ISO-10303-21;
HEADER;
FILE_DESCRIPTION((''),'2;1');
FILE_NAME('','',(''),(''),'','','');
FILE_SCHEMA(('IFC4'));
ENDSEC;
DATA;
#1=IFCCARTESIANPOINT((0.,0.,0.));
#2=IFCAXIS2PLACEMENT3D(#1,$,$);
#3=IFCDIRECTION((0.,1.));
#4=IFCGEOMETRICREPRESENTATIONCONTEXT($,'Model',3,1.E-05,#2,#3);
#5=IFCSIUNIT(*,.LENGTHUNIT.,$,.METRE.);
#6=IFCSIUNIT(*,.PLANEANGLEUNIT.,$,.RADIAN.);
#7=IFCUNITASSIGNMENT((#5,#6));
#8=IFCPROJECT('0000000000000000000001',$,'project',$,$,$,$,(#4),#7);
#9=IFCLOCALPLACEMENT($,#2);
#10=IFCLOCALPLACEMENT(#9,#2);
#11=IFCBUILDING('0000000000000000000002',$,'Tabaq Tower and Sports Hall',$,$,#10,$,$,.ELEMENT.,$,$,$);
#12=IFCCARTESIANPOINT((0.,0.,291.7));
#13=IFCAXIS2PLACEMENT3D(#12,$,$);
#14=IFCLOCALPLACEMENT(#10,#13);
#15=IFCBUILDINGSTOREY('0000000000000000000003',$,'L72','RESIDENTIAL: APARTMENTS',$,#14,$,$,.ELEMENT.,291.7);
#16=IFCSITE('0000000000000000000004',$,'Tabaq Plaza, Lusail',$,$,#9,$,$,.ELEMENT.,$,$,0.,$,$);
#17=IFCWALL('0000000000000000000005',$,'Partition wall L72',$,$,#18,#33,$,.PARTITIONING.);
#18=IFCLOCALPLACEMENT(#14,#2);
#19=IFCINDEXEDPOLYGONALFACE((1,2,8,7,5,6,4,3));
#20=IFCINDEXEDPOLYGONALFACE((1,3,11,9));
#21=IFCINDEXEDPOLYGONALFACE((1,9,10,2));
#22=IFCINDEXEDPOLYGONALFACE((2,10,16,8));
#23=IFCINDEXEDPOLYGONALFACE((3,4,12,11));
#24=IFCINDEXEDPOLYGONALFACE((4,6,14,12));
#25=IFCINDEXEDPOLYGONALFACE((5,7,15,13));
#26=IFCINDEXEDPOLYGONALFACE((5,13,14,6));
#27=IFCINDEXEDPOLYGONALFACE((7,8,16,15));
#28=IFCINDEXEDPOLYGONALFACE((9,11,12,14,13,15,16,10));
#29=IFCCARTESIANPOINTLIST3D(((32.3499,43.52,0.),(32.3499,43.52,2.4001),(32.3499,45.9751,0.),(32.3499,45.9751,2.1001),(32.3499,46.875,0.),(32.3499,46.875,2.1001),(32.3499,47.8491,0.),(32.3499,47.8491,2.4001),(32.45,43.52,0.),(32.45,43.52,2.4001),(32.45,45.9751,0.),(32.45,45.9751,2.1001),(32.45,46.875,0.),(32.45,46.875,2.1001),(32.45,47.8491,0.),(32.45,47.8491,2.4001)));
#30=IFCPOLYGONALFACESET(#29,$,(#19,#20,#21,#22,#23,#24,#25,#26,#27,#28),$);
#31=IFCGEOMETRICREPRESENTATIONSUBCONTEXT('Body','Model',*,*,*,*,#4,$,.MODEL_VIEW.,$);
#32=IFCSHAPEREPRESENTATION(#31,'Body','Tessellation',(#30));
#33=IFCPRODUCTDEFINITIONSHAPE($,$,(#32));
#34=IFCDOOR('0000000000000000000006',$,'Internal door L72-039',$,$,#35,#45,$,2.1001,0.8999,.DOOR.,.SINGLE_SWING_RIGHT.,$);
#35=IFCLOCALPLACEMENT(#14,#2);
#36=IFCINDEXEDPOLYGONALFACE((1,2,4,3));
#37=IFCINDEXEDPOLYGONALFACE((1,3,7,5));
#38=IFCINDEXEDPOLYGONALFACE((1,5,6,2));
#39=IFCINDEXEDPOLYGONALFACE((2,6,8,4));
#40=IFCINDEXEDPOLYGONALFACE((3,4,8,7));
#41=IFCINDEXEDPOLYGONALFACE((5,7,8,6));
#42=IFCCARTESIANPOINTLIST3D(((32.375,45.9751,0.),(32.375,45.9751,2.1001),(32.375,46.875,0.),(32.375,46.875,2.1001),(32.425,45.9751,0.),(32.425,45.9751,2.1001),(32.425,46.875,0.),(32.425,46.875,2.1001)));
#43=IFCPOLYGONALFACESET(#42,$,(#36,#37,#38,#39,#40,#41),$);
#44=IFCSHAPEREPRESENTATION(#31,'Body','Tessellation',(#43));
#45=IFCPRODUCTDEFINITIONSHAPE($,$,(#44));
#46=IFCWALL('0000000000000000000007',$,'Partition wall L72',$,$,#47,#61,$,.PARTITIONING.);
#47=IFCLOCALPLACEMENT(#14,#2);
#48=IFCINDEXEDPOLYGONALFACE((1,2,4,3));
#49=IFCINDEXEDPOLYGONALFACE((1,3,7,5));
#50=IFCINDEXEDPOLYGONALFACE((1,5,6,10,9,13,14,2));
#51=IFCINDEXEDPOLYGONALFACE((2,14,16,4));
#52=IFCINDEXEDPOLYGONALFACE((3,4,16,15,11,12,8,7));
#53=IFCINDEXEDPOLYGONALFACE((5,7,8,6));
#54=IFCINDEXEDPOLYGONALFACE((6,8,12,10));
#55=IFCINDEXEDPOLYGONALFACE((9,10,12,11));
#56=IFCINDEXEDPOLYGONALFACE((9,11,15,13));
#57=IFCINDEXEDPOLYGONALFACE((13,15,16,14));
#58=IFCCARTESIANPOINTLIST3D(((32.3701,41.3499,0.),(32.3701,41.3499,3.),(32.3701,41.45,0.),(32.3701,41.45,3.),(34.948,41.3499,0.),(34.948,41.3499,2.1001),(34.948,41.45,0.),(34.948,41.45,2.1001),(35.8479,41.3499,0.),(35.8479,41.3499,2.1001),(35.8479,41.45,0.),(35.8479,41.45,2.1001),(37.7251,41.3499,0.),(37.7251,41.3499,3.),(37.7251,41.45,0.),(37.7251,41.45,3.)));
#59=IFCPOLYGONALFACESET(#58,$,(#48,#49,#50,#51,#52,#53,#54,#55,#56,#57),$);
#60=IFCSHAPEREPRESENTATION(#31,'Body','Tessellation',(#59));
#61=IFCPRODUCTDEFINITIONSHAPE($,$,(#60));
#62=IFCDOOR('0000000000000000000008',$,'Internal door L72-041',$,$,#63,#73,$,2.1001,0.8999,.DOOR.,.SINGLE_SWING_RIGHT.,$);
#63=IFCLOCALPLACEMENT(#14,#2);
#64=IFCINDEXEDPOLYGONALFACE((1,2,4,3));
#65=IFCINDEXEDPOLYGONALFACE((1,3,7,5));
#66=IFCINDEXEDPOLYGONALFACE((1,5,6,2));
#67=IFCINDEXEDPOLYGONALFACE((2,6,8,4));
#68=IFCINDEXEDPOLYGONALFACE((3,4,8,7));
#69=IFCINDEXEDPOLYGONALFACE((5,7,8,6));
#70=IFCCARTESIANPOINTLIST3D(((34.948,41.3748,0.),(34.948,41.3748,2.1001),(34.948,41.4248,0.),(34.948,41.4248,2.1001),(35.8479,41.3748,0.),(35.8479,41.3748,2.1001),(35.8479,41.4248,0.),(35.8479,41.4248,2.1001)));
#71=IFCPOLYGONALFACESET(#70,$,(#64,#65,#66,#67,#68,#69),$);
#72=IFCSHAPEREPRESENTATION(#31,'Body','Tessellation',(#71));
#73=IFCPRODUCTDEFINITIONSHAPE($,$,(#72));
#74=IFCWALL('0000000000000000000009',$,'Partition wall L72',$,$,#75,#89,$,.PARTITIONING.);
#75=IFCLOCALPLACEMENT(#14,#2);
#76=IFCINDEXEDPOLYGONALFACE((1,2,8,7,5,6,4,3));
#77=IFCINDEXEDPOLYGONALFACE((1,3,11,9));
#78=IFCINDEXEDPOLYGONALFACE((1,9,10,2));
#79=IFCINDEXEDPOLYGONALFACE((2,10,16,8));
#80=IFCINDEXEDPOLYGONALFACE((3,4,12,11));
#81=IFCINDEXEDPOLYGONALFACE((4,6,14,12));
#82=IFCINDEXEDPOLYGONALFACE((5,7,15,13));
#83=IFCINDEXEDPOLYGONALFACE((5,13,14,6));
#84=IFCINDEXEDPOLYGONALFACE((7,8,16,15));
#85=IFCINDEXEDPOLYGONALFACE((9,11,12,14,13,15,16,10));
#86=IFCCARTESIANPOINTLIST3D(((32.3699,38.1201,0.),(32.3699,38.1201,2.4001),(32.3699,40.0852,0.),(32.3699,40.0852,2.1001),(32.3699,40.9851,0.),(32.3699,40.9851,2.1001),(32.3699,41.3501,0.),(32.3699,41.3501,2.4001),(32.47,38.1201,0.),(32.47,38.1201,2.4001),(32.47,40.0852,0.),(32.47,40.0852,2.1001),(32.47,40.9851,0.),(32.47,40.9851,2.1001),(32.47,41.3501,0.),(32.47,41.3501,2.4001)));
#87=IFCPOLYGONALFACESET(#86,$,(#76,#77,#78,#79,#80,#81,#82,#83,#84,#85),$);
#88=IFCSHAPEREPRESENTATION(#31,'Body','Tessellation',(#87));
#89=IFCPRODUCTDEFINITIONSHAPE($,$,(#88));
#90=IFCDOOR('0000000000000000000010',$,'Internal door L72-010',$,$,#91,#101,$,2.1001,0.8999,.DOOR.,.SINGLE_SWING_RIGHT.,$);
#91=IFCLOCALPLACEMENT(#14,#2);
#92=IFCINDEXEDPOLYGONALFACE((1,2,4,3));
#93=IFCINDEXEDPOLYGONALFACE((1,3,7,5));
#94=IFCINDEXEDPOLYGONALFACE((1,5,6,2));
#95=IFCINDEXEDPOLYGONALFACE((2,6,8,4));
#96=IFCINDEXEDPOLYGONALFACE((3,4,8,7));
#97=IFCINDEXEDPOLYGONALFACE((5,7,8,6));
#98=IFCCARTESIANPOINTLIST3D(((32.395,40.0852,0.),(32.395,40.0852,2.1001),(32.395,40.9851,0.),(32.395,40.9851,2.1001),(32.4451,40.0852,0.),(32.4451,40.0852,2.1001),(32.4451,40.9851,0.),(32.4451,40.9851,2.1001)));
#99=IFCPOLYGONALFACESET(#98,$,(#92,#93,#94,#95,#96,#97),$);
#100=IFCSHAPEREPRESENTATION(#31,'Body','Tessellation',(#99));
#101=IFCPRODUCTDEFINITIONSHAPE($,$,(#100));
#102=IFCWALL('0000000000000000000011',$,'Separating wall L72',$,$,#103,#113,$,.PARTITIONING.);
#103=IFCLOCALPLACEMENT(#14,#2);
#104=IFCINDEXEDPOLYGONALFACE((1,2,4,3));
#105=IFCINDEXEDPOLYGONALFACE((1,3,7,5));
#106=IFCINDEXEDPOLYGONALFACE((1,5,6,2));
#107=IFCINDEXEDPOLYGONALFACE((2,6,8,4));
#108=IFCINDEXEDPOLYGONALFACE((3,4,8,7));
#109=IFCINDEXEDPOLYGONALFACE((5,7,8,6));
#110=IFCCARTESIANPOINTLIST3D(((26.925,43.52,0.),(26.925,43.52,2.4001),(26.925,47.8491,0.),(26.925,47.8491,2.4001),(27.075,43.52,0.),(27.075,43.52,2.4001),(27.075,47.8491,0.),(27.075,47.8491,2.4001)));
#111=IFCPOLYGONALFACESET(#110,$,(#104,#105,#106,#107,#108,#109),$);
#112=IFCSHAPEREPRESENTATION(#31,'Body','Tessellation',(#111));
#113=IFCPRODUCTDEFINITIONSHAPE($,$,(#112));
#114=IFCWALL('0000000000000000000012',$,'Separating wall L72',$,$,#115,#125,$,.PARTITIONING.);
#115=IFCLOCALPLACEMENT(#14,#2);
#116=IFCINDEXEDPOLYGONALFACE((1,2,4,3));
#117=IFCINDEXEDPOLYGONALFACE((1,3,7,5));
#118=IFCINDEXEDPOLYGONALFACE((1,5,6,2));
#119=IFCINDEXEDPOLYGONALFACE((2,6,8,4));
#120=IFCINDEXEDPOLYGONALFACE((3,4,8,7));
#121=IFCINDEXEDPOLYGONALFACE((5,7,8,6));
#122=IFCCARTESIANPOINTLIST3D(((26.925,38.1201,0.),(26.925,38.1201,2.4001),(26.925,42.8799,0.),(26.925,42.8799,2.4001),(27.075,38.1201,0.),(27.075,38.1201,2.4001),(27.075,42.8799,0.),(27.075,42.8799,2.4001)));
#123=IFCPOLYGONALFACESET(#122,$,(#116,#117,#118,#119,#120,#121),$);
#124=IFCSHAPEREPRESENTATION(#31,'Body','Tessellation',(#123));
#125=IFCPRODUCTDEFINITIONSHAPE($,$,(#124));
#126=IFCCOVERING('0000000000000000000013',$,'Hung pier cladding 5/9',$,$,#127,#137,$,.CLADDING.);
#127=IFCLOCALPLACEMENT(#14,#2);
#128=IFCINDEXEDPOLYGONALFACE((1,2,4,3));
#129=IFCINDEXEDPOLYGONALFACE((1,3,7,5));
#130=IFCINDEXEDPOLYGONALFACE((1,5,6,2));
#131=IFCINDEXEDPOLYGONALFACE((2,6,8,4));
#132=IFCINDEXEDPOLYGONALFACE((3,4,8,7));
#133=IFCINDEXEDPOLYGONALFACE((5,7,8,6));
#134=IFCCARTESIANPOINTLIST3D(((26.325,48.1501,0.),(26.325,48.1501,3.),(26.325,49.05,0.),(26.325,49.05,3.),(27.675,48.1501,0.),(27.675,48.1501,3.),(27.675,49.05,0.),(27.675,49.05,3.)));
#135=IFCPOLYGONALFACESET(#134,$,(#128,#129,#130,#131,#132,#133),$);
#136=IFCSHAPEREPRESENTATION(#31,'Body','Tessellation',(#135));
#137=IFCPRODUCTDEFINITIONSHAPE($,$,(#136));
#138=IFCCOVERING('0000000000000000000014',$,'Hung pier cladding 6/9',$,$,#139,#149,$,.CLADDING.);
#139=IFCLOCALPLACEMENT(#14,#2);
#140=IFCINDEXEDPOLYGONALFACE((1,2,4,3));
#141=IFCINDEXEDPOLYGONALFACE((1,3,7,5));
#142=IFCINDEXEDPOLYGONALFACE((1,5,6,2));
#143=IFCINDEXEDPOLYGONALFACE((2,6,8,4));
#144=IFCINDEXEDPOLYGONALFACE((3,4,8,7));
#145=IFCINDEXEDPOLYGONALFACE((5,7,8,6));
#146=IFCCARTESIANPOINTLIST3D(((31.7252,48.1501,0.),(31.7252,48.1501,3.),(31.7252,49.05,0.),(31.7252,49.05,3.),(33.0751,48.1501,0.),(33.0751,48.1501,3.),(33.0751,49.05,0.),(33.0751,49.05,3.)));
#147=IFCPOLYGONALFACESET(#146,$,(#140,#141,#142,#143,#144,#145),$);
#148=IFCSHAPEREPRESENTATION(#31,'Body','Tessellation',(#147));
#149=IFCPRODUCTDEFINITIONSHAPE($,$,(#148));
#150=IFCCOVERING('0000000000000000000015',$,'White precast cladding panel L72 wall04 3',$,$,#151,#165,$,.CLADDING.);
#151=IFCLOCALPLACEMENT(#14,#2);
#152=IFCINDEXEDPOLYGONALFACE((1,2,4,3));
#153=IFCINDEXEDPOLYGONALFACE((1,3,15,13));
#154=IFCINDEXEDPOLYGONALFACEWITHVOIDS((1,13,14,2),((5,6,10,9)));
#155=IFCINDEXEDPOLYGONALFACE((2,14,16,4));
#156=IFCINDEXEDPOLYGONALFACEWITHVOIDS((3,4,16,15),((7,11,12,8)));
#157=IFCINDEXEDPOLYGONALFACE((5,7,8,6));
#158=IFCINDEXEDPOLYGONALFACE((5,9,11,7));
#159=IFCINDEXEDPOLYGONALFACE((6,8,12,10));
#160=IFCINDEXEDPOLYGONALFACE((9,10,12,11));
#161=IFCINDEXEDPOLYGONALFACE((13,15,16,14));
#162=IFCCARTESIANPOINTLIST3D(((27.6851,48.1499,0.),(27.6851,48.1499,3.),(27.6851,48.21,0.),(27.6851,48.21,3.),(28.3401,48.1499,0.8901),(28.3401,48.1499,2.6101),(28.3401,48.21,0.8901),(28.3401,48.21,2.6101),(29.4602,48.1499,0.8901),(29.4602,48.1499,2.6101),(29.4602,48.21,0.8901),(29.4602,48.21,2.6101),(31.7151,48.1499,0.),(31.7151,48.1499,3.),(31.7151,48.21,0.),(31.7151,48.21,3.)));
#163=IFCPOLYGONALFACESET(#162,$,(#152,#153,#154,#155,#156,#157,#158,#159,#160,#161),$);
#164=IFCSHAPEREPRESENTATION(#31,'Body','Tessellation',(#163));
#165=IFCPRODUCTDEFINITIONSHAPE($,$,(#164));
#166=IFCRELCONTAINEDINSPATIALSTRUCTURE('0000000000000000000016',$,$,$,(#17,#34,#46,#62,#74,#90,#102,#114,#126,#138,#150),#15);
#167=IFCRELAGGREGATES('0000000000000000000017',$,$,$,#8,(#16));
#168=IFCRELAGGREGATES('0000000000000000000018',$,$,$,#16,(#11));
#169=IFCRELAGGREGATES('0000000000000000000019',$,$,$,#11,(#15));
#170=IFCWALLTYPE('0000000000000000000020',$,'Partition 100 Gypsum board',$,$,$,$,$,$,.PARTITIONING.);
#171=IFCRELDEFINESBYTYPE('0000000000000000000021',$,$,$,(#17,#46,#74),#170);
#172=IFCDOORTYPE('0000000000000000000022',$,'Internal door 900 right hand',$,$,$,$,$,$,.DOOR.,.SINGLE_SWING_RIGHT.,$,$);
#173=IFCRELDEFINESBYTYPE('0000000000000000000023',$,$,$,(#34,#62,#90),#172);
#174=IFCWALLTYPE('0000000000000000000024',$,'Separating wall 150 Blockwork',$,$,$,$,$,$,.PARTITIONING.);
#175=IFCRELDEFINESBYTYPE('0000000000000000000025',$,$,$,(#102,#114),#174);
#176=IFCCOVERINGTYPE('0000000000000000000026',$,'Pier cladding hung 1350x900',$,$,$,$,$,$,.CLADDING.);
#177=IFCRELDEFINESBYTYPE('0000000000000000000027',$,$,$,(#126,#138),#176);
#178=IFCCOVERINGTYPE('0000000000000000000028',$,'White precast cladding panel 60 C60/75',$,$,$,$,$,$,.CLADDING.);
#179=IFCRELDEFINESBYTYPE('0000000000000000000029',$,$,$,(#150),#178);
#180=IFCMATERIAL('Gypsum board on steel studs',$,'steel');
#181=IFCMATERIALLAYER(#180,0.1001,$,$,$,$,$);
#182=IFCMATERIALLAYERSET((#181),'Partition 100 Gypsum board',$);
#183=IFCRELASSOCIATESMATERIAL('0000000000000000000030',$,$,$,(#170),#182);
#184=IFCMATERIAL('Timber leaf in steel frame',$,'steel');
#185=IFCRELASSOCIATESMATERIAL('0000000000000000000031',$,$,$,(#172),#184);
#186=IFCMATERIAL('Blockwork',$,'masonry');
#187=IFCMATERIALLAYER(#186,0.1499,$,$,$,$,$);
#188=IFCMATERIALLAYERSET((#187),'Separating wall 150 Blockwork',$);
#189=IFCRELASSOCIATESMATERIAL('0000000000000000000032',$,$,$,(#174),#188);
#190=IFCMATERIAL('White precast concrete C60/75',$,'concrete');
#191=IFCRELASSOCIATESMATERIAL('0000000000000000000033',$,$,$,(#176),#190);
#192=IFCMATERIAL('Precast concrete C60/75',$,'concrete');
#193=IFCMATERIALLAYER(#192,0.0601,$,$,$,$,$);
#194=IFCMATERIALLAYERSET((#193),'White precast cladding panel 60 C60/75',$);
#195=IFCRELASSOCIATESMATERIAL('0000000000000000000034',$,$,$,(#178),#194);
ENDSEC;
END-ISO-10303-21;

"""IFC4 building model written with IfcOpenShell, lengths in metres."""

from ifc_helpers import new_model, si_unit, direction, frame, frame_2d, origin, place, context, subcontext, project, spatial, polyline, rectangle, outline, extrude, material, layer, layer_set, type_object, element, fill, save


model = new_model("IFC4")

# Units and contexts
model_context = context("Model", 3, precision=1e-05, world=origin(), true_north=direction((0.0, 1.0)))
body_context = subcontext(model_context, "Body", "Model", "MODEL_VIEW")
ifc_project = project(units=[si_unit("LENGTHUNIT", "METRE"), si_unit("PLANEANGLEUNIT", "RADIAN")], contexts=[model_context])

# Site, building, storey
site_placement = place(None, origin())
site = spatial("IfcSite", under=ifc_project, at=site_placement, Name="Tabaq Plaza, Lusail", CompositionType="ELEMENT", RefElevation=0.0)
building_placement = place(site_placement, origin())
building = spatial("IfcBuilding", under=site, at=building_placement, Name="Tabaq Tower and Sports Hall", CompositionType="ELEMENT")
storey_placement = place(building_placement, frame((0.0, 0.0, 291.7)))
storey = spatial("IfcBuildingStorey", under=building, at=storey_placement, Name="L72", Description="RESIDENTIAL: APARTMENTS", CompositionType="ELEMENT", Elevation=291.7)

# Shared definitions
ifc_material_1 = material(Name="Gypsum board on steel studs", Category="steel")
ifc_layer_1 = layer(ifc_material_1, 0.1001)
ifc_layer_set_1 = layer_set([ifc_layer_1], Name="Partition 100 Gypsum board")
wall_type_1 = type_object("IfcWallType", Name="Partition 100 Gypsum board", PredefinedType="PARTITIONING", material=ifc_layer_set_1)
ifc_material_2 = material(Name="Timber leaf in steel frame", Category="steel")
door_type_1 = type_object("IfcDoorType", Name="Internal door 900 right hand", OperationType="SINGLE_SWING_RIGHT", PredefinedType="DOOR", material=ifc_material_2)

# Walls, openings, doors
wall_1_placement = place(storey_placement, frame((32.3999, 43.52, 0.0), z_axis=(0.0, 0.0, 1.0), x_axis=(0.0, 1.0, 0.0)))
wall_1 = element("IfcWall", 1, at=wall_1_placement, inside=storey, type_object=wall_type_1, Name="Partition wall L72", PredefinedType="PARTITIONING", context=body_context, shape_type="SweptSolid", body=[
    extrude(rectangle(XDim=4.3291, YDim=0.1001, at=frame_2d((2.1646, 0.0))), origin(), (0.0, 0.0, 1.0), 2.4001),
])
opening_1_placement = place(wall_1_placement, frame((2.4551, 0.0, 0.0)))
opening_1 = element("IfcOpeningElement", 2, at=opening_1_placement, cuts=wall_1, PredefinedType="OPENING", context=body_context, shape_type="SweptSolid", body=[
    extrude(rectangle(XDim=0.8999, YDim=2.1001, at=frame_2d((0.45, 1.05))), frame((0.0, 0.05, 0.0), z_axis=(0.0, -1.0, 0.0), x_axis=(1.0, 0.0, 0.0)), (0.0, 0.0, 1.0), 0.1001),
])
door_1_placement = place(opening_1_placement, origin())
door_1 = element("IfcDoor", 3, at=door_1_placement, inside=storey, type_object=door_type_1, Name="Internal door L72-039", OperationType="SINGLE_SWING_RIGHT", OverallHeight=2.1001, OverallWidth=0.8999, PredefinedType="DOOR", context=body_context, shape_type="SweptSolid", body=[
    extrude(rectangle(XDim=0.8999, YDim=2.1001, at=frame_2d((0.45, 1.05))), frame((0.0, 0.0249, 0.0), z_axis=(0.0, -1.0, 0.0), x_axis=(1.0, 0.0, 0.0)), (0.0, 0.0, 1.0), 0.05),
])
fill(opening_1, door_1)
wall_2_placement = place(storey_placement, frame((32.3701, 41.3999, 0.0), z_axis=(0.0, 0.0, 1.0), x_axis=(1.0, 0.0, 0.0)))
wall_2 = element("IfcWall", 4, at=wall_2_placement, inside=storey, type_object=wall_type_1, Name="Partition wall L72", PredefinedType="PARTITIONING", context=body_context, shape_type="SweptSolid", body=[
    extrude(rectangle(XDim=5.355, YDim=0.1001, at=frame_2d((2.6775, 0.0))), origin(), (0.0, 0.0, 1.0), 3.0),
])
opening_2_placement = place(wall_2_placement, frame((2.5779, 0.0, 0.0)))
opening_2 = element("IfcOpeningElement", 5, at=opening_2_placement, cuts=wall_2, PredefinedType="OPENING", context=body_context, shape_type="SweptSolid", body=[
    extrude(rectangle(XDim=0.8999, YDim=2.1001, at=frame_2d((0.45, 1.05))), frame((0.0, 0.05, 0.0), z_axis=(0.0, -1.0, 0.0), x_axis=(1.0, 0.0, 0.0)), (0.0, 0.0, 1.0), 0.1001),
])
door_2_placement = place(opening_2_placement, origin())
door_2 = element("IfcDoor", 6, at=door_2_placement, inside=storey, type_object=door_type_1, Name="Internal door L72-041", OperationType="SINGLE_SWING_RIGHT", OverallHeight=2.1001, OverallWidth=0.8999, PredefinedType="DOOR", context=body_context, shape_type="SweptSolid", body=[
    extrude(rectangle(XDim=0.8999, YDim=2.1001, at=frame_2d((0.45, 1.05))), frame((0.0, 0.0249, 0.0), z_axis=(0.0, -1.0, 0.0), x_axis=(1.0, 0.0, 0.0)), (0.0, 0.0, 1.0), 0.05),
])
fill(opening_2, door_2)
wall_3_placement = place(storey_placement, frame((32.4199, 38.1201, 0.0), z_axis=(0.0, 0.0, 1.0), x_axis=(0.0, 1.0, 0.0)))
wall_3 = element("IfcWall", 7, at=wall_3_placement, inside=storey, type_object=wall_type_1, Name="Partition wall L72", PredefinedType="PARTITIONING", context=body_context, shape_type="SweptSolid", body=[
    extrude(rectangle(XDim=3.23, YDim=0.1001, at=frame_2d((1.615, 0.0))), origin(), (0.0, 0.0, 1.0), 2.4001),
])
opening_3_placement = place(wall_3_placement, frame((1.9651, 0.0, 0.0)))
opening_3 = element("IfcOpeningElement", 8, at=opening_3_placement, cuts=wall_3, PredefinedType="OPENING", context=body_context, shape_type="SweptSolid", body=[
    extrude(rectangle(XDim=0.8999, YDim=2.1001, at=frame_2d((0.45, 1.05))), frame((0.0, 0.05, 0.0), z_axis=(0.0, -1.0, 0.0), x_axis=(1.0, 0.0, 0.0)), (0.0, 0.0, 1.0), 0.1001),
])
door_3_placement = place(opening_3_placement, origin())
door_3 = element("IfcDoor", 9, at=door_3_placement, inside=storey, type_object=door_type_1, Name="Internal door L72-010", OperationType="SINGLE_SWING_RIGHT", OverallHeight=2.1001, OverallWidth=0.8999, PredefinedType="DOOR", context=body_context, shape_type="SweptSolid", body=[
    extrude(rectangle(XDim=0.8999, YDim=2.1001, at=frame_2d((0.45, 1.05))), frame((0.0, 0.0249, 0.0), z_axis=(0.0, -1.0, 0.0), x_axis=(1.0, 0.0, 0.0)), (0.0, 0.0, 1.0), 0.05),
])
fill(opening_3, door_3)

# Walls
ifc_material_3 = material(Name="Blockwork", Category="masonry")
ifc_layer_2 = layer(ifc_material_3, 0.1499)
ifc_layer_set_2 = layer_set([ifc_layer_2], Name="Separating wall 150 Blockwork")
wall_type_2 = type_object("IfcWallType", Name="Separating wall 150 Blockwork", PredefinedType="PARTITIONING", material=ifc_layer_set_2)
wall_4_placement = place(storey_placement, frame((27.0, 43.52, 0.0), z_axis=(0.0, 0.0, 1.0), x_axis=(0.0, 1.0, 0.0)))
element("IfcWall", 10, at=wall_4_placement, inside=storey, type_object=wall_type_2, Name="Separating wall L72", PredefinedType="PARTITIONING", context=body_context, shape_type="SweptSolid", body=[
    extrude(rectangle(XDim=4.3291, YDim=0.1499, at=frame_2d((2.1646, 0.0))), origin(), (0.0, 0.0, 1.0), 2.4001),
])
wall_5_placement = place(storey_placement, frame((27.0, 38.1201, 0.0), z_axis=(0.0, 0.0, 1.0), x_axis=(0.0, 1.0, 0.0)))
element("IfcWall", 11, at=wall_5_placement, inside=storey, type_object=wall_type_2, Name="Separating wall L72", PredefinedType="PARTITIONING", context=body_context, shape_type="SweptSolid", body=[
    extrude(rectangle(XDim=4.7598, YDim=0.1499, at=frame_2d((2.3799, 0.0))), origin(), (0.0, 0.0, 1.0), 2.4001),
])

# Coverings
ifc_material_4 = material(Name="White precast concrete C60/75", Category="concrete")
covering_type_1 = type_object("IfcCoveringType", Name="Pier cladding hung 1350x900", PredefinedType="CLADDING", material=ifc_material_4)
covering_1_placement = place(storey_placement, frame((27.675, 48.6001, 0.0), z_axis=(0.0, 0.0, 1.0), x_axis=(-1.0, 0.0, 0.0)))
element("IfcCovering", 12, at=covering_1_placement, inside=storey, type_object=covering_type_1, Name="Hung pier cladding 5/9", PredefinedType="CLADDING", context=body_context, shape_type="SweptSolid", body=[
    extrude(rectangle(XDim=1.3501, YDim=0.8999, at=frame_2d((0.675, 0.0))), origin(), (0.0, 0.0, 1.0), 3.0),
])
covering_2_placement = place(storey_placement, frame((33.075, 48.6001, 0.0), z_axis=(0.0, 0.0, 1.0), x_axis=(-1.0, 0.0, 0.0)))
element("IfcCovering", 13, at=covering_2_placement, inside=storey, type_object=covering_type_1, Name="Hung pier cladding 6/9", PredefinedType="CLADDING", context=body_context, shape_type="SweptSolid", body=[
    extrude(rectangle(XDim=1.3499, YDim=0.8999, at=frame_2d((0.6748, 0.0))), origin(), (0.0, 0.0, 1.0), 3.0),
])
ifc_material_5 = material(Name="Precast concrete C60/75", Category="concrete")
ifc_layer_3 = layer(ifc_material_5, 0.0601)
ifc_layer_set_3 = layer_set([ifc_layer_3], Name="White precast cladding panel 60 C60/75")
covering_type_2 = type_object("IfcCoveringType", Name="White precast cladding panel 60 C60/75", PredefinedType="CLADDING", material=ifc_layer_set_3)
covering_3_placement = place(storey_placement, frame((31.7151, 48.1799, 0.0), z_axis=(0.0, 0.0, 1.0), x_axis=(-1.0, 0.0, 0.0)))
element("IfcCovering", 14, at=covering_3_placement, inside=storey, type_object=covering_type_2, Name="White precast cladding panel L72 wall04 3", PredefinedType="CLADDING", context=body_context, shape_type="SweptSolid", body=[
    extrude(outline(polyline([(0.0, 0.0), (4.03, 0.0), (4.03, 3.0), (0.0, 3.0), (0.0, 0.0)]), holes=[polyline([(2.2549, 0.8901), (2.2549, 2.6101), (3.375, 2.6101), (3.375, 0.8901), (2.2549, 0.8901)])]), frame((0.0, 0.03, 0.0), z_axis=(0.0, -1.0, 0.0), x_axis=(1.0, 0.0, 0.0)), (0.0, 0.0, 1.0), 0.0601),
])

save(model, "model.ifc")
